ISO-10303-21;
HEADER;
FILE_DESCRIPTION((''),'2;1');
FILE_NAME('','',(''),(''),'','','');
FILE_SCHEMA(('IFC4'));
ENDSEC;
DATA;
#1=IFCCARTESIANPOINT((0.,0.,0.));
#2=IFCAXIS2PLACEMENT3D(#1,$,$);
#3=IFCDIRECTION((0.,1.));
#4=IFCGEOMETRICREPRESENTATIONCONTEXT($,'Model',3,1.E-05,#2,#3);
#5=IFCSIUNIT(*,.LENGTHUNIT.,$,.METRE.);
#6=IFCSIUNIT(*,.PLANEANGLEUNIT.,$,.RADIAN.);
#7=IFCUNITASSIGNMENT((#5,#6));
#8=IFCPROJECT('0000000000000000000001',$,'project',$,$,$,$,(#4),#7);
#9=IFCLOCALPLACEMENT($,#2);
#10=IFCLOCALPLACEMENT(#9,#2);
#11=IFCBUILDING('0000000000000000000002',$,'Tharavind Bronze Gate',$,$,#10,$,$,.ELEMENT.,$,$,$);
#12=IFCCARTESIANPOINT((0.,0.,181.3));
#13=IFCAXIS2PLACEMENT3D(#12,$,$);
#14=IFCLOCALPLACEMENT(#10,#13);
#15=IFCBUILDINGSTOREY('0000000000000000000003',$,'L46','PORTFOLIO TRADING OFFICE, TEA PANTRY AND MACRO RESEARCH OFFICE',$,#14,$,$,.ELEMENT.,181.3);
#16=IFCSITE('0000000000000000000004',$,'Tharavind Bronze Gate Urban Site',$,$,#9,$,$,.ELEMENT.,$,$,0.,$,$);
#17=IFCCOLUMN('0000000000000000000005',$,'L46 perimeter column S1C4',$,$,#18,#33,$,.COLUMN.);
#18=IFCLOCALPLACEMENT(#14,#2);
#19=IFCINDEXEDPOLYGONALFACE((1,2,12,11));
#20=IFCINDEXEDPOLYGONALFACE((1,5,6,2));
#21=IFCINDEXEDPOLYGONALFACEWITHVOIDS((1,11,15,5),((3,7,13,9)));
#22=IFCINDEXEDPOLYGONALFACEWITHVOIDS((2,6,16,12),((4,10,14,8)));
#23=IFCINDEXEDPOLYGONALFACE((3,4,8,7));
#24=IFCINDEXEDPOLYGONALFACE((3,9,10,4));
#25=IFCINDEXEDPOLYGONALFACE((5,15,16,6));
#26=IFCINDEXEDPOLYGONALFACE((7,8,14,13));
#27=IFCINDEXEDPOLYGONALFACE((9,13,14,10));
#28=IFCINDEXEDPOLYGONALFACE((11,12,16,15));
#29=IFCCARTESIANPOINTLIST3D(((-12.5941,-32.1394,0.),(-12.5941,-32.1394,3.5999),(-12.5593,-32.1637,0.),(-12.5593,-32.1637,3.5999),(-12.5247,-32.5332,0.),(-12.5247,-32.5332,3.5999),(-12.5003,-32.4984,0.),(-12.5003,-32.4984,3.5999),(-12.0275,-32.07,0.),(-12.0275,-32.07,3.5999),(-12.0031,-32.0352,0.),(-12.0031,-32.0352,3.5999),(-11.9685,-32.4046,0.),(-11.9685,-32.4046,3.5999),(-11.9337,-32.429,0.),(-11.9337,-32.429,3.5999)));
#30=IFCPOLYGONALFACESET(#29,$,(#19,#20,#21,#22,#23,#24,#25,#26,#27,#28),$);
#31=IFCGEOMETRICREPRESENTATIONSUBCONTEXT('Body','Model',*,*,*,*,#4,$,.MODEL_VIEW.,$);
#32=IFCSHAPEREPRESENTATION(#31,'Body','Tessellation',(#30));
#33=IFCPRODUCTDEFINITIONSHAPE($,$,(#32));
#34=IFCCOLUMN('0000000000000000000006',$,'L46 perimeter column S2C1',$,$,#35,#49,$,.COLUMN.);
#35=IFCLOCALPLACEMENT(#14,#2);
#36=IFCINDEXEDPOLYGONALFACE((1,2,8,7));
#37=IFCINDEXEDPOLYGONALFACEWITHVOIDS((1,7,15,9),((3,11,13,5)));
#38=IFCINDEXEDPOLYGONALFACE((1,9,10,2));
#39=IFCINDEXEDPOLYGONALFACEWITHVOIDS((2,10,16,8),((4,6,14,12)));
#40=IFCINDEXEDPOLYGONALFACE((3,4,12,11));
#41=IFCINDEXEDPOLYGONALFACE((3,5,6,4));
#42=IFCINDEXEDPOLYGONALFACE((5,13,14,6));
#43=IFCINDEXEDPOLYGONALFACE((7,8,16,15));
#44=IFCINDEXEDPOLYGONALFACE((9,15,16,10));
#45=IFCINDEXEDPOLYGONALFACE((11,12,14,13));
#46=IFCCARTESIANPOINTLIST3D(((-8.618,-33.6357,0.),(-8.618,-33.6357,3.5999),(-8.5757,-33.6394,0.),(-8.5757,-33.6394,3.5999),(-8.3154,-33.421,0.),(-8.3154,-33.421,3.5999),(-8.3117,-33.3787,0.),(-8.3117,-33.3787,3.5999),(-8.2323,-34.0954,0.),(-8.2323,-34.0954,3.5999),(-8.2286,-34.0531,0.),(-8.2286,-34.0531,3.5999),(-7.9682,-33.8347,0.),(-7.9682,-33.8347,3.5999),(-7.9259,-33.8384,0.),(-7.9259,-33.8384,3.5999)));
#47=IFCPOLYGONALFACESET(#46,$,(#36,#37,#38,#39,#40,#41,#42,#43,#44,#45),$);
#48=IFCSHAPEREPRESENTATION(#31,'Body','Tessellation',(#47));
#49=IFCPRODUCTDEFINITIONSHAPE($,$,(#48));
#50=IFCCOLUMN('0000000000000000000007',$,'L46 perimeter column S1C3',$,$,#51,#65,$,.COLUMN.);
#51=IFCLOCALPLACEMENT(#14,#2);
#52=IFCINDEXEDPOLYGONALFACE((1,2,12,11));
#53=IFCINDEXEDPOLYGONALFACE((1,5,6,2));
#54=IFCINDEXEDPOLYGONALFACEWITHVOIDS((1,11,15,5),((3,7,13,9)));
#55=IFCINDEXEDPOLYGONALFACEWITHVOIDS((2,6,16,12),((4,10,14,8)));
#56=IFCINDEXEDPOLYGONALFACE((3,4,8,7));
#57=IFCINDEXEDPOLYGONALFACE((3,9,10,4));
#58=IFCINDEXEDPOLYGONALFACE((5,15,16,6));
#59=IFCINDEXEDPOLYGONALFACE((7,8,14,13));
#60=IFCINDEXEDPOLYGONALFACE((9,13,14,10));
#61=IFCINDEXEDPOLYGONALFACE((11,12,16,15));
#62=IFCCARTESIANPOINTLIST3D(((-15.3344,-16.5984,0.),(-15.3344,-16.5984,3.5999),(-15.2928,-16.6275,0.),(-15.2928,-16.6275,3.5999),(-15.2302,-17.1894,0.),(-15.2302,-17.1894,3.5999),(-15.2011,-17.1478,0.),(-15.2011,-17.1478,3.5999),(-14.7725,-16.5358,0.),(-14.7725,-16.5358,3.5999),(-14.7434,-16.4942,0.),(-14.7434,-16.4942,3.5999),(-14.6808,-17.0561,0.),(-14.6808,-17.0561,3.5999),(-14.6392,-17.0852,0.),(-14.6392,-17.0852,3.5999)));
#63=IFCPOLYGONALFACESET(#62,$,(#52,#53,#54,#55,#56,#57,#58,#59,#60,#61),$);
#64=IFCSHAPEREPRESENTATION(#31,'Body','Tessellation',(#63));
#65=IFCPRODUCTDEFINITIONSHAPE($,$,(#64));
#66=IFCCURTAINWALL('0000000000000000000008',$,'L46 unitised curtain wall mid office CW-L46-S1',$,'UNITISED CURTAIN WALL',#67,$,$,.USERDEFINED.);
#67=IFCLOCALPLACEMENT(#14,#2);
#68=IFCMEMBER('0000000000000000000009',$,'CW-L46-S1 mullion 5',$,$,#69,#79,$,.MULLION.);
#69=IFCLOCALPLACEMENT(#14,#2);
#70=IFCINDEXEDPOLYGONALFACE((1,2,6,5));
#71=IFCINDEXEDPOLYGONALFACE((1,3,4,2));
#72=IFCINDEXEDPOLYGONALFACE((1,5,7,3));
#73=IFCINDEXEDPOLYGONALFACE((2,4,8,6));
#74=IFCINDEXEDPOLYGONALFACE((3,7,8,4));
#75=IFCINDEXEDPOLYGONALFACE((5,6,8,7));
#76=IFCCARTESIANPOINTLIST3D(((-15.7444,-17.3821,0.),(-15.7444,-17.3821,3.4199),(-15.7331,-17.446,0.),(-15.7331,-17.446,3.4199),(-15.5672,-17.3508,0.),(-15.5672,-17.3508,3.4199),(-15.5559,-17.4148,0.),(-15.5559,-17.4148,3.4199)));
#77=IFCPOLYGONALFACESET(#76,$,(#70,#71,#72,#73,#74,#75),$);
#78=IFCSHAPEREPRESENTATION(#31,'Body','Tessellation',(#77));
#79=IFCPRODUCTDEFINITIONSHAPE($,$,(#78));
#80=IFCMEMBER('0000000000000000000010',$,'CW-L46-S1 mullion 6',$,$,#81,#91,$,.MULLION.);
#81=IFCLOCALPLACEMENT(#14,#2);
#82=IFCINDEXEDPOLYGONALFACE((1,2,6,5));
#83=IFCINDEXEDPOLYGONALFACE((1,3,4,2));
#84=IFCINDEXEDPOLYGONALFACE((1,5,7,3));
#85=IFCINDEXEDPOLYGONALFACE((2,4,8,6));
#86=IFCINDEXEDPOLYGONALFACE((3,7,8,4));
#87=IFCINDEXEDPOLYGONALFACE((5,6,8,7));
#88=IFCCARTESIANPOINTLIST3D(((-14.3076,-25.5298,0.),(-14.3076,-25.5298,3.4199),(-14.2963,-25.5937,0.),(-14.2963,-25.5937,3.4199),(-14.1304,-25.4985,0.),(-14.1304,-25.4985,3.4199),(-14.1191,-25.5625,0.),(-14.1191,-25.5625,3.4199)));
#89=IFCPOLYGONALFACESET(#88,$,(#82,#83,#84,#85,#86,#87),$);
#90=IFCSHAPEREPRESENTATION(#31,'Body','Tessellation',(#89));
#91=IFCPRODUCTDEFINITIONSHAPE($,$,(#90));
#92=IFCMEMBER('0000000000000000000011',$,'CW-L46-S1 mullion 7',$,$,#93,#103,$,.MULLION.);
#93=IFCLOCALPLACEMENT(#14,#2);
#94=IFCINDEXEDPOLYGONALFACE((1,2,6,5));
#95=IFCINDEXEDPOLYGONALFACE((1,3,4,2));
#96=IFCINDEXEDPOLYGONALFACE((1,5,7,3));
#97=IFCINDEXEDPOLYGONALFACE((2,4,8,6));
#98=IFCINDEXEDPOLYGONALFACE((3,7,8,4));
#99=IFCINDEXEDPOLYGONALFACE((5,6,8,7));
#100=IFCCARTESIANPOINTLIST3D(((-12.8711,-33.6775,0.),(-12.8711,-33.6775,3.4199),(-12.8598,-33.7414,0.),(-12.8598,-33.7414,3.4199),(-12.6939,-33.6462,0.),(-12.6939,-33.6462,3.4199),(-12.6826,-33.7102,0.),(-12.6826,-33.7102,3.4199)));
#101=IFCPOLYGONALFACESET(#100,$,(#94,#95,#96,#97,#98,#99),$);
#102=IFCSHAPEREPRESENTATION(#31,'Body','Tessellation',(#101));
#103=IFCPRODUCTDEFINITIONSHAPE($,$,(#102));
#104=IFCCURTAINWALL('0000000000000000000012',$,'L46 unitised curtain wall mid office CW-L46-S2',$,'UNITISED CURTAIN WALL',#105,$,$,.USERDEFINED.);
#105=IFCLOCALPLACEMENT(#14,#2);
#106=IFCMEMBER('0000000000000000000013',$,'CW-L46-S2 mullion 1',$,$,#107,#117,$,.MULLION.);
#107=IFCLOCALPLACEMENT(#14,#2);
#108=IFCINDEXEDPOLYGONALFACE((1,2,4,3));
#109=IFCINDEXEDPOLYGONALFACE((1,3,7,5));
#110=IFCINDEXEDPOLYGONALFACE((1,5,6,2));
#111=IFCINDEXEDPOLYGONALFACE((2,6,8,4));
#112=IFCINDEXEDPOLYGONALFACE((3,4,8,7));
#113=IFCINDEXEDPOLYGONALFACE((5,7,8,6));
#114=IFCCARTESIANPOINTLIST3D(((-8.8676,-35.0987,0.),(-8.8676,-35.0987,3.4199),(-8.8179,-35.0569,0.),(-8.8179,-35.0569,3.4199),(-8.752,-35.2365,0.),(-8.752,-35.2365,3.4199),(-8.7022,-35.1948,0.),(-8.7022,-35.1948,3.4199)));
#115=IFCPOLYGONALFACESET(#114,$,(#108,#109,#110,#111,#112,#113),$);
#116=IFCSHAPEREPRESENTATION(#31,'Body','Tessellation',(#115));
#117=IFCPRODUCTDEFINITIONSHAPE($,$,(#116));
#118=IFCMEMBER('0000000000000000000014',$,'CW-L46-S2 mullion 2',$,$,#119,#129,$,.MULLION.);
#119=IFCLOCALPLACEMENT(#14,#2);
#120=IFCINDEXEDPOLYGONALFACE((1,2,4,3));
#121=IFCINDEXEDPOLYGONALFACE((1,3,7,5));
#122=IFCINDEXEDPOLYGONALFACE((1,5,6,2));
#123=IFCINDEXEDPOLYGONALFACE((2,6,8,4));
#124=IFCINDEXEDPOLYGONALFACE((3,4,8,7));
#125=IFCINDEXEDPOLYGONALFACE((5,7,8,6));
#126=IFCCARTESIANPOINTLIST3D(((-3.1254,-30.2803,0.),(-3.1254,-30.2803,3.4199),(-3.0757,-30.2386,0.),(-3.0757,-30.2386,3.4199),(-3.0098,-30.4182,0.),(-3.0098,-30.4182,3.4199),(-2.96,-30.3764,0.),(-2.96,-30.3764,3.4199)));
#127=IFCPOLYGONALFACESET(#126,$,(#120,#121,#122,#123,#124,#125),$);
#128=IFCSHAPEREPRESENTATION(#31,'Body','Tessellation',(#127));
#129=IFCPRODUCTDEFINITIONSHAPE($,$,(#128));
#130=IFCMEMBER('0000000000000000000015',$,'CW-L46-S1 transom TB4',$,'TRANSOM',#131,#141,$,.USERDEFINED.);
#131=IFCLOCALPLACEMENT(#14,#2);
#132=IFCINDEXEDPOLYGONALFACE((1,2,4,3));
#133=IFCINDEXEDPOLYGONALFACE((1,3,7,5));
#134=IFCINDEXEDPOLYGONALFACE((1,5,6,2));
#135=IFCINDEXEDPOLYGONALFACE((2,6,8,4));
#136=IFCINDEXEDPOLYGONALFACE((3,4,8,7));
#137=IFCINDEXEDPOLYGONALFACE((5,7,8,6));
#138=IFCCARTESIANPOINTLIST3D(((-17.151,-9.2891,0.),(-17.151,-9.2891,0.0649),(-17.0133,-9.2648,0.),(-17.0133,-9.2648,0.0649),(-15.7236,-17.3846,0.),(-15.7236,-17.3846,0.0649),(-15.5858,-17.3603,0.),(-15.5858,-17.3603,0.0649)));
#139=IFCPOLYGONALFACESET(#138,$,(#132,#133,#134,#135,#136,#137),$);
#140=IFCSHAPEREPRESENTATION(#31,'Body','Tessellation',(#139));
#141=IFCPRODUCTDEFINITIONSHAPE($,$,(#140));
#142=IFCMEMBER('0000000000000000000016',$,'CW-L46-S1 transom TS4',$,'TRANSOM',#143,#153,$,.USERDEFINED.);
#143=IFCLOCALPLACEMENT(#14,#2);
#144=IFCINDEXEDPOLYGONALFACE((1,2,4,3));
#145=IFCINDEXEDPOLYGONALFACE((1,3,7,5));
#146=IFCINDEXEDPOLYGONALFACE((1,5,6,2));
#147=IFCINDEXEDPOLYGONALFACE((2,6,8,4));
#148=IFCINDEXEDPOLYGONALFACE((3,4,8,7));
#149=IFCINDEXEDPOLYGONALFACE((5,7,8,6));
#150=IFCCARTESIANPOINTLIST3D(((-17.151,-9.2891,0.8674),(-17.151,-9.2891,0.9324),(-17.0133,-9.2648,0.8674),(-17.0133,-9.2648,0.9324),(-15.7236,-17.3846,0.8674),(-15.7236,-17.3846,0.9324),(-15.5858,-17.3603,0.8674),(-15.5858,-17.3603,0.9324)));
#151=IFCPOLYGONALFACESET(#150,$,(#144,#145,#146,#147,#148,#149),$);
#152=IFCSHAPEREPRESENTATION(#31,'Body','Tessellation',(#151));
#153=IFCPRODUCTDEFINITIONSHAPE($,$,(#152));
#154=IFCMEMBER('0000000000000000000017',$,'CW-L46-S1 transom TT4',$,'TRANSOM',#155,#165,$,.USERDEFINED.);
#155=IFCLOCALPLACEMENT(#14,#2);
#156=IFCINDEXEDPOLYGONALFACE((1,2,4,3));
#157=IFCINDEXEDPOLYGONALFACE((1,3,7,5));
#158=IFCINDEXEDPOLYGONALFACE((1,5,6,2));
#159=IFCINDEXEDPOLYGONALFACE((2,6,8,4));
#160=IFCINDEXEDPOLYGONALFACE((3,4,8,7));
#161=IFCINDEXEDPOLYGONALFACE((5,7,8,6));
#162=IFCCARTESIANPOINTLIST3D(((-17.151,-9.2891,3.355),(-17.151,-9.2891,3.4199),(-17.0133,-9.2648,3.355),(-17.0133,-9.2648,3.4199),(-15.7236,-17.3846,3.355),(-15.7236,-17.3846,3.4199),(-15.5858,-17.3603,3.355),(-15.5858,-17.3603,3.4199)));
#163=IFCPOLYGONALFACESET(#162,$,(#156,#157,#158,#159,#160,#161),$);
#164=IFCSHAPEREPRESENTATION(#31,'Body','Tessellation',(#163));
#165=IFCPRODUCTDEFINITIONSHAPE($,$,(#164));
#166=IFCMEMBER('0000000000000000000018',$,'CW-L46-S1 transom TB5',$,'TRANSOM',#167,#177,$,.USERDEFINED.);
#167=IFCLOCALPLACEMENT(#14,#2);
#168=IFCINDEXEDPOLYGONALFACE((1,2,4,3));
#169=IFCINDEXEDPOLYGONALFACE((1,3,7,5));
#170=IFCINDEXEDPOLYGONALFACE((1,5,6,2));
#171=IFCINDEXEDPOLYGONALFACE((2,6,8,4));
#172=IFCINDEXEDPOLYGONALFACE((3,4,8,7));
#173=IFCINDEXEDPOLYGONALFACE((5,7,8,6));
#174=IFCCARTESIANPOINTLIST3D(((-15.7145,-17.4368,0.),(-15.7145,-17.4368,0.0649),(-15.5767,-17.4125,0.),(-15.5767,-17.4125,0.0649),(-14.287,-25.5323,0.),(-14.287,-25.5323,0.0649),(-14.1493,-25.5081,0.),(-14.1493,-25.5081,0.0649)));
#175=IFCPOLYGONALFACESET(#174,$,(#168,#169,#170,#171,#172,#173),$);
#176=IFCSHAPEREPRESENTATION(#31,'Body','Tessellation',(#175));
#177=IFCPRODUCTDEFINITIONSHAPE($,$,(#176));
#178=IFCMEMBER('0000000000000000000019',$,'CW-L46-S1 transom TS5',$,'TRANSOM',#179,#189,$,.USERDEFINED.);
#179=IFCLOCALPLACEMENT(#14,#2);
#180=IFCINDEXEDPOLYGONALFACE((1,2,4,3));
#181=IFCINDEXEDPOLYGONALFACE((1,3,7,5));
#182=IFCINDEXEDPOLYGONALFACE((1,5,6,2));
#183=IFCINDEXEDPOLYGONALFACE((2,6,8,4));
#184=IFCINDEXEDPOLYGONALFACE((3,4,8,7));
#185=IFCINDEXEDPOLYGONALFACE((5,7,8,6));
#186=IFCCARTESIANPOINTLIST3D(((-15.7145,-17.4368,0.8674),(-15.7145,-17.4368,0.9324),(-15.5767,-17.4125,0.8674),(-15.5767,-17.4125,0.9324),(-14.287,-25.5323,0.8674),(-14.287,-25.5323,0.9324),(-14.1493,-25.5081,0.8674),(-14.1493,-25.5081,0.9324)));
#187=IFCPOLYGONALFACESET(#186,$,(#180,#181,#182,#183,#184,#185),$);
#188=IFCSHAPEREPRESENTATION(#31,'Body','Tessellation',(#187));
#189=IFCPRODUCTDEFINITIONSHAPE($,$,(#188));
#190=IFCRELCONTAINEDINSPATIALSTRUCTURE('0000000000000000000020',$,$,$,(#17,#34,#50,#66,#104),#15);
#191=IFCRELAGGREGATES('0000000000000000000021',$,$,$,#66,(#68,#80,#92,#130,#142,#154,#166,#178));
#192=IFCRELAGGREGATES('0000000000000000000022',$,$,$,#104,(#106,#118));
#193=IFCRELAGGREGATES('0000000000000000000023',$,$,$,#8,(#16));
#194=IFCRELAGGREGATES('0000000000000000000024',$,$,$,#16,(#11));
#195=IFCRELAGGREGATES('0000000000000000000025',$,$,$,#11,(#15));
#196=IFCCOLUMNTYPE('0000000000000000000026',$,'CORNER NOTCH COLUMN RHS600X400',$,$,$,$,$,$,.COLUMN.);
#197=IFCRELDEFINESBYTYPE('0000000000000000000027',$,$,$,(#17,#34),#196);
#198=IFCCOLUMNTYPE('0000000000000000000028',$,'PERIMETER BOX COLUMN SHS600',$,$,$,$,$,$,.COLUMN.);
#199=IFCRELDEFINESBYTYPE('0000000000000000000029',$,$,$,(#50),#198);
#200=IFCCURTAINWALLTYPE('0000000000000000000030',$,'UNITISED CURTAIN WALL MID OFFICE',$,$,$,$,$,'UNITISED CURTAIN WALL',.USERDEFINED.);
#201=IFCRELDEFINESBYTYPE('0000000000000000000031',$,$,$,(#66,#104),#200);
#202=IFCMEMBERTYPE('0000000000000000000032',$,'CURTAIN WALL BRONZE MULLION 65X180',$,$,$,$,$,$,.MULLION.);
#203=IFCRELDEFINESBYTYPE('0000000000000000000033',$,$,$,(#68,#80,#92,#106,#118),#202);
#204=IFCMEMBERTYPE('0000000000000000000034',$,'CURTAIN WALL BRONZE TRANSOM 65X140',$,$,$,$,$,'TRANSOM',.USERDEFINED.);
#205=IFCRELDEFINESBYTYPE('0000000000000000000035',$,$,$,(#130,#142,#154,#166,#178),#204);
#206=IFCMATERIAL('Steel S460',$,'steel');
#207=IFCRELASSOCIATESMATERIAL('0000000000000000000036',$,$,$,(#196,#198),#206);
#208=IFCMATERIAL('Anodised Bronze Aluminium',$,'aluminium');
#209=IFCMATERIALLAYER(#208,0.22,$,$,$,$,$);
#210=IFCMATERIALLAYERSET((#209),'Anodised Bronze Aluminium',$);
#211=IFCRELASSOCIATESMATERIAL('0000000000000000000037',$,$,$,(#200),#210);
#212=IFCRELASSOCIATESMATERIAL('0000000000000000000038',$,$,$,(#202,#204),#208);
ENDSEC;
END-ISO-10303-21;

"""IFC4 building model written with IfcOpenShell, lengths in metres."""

from ifc_helpers import new_model, si_unit, direction, frame, origin, origin_2d, place, context, subcontext, project, spatial, rectangle, hollow_rectangle, extrude, material, layer, layer_set, material_profile, profile_set, type_object, element, aggregate, save


model = new_model("IFC4")

# Units and contexts
model_context = context("Model", 3, precision=1e-05, world=origin(), true_north=direction((0.0, 1.0)))
body_context = subcontext(model_context, "Body", "Model", "MODEL_VIEW")
ifc_project = project(units=[si_unit("LENGTHUNIT", "METRE"), si_unit("PLANEANGLEUNIT", "RADIAN")], contexts=[model_context])

# Site, building, storey
site_placement = place(None, origin())
site = spatial("IfcSite", under=ifc_project, at=site_placement, Name="Tharavind Bronze Gate Urban Site", CompositionType="ELEMENT", RefElevation=0.0)
building_placement = place(site_placement, origin())
building = spatial("IfcBuilding", under=site, at=building_placement, Name="Tharavind Bronze Gate", CompositionType="ELEMENT")
storey_placement = place(building_placement, frame((0.0, 0.0, 181.3)))
storey = spatial("IfcBuildingStorey", under=building, at=storey_placement, Name="L46", Description="PORTFOLIO TRADING OFFICE, TEA PANTRY AND MACRO RESEARCH OFFICE", CompositionType="ELEMENT", Elevation=181.3)

# Columns
ifc_material_1 = material(Name="Steel S460", Category="steel")
ifc_material_profile_1 = material_profile(ifc_material_1, hollow_rectangle(XDim=0.3999, YDim=0.6001, WallThickness=0.03, at=origin_2d()), Name="RHS600X400X30")
ifc_profile_set_1 = profile_set([ifc_material_profile_1], Name="Steel S460")
column_type_1 = type_object("IfcColumnType", Name="CORNER NOTCH COLUMN RHS600X400", PredefinedType="COLUMN", material=ifc_profile_set_1)
for number, where, z_axis, x_axis, name in (
    (1, (-12.2639, -32.2842, 0.0), (0.0, 0.0, 1.0), (-0.173648, 0.984808, 0.0), "L46 perimeter column S1C4"),
    (2, (-8.272, -33.7371, 0.0), (0.0, 0.0, 1.0), (0.766043, 0.642789, 0.0), "L46 perimeter column S2C1"),
):
    element("IfcColumn", number, at=place(storey_placement, frame(where, z_axis=z_axis, x_axis=x_axis)), inside=storey, type_object=column_type_1, Name=name, PredefinedType="COLUMN", context=body_context, shape_type="SweptSolid", body=[
        extrude(hollow_rectangle(XDim=0.3999, YDim=0.6001, WallThickness=0.03, at=origin_2d()), origin(), (0.0, 0.0, 1.0), 3.5999),
    ])
ifc_material_profile_2 = material_profile(ifc_material_1, hollow_rectangle(XDim=0.6001, YDim=0.6001, WallThickness=0.0359, at=origin_2d()), Name="SHS600X36")
ifc_profile_set_2 = profile_set([ifc_material_profile_2], Name="Steel S460")
column_type_2 = type_object("IfcColumnType", Name="PERIMETER BOX COLUMN SHS600", PredefinedType="COLUMN", material=ifc_profile_set_2)
column_placement = place(storey_placement, frame((-14.9868, -16.8418, 0.0), z_axis=(0.0, 0.0, 1.0), x_axis=(-0.173648, 0.984808, 0.0)))
element("IfcColumn", 3, at=column_placement, inside=storey, type_object=column_type_2, Name="L46 perimeter column S1C3", PredefinedType="COLUMN", context=body_context, shape_type="SweptSolid", body=[
    extrude(hollow_rectangle(XDim=0.6001, YDim=0.6001, WallThickness=0.0359, at=origin_2d()), origin(), (0.0, 0.0, 1.0), 3.5999),
])

# Curtain walls, members
ifc_material_2 = material(Name="Anodised Bronze Aluminium", Category="aluminium")
ifc_layer_1 = layer(ifc_material_2, 0.22)
ifc_layer_set_1 = layer_set([ifc_layer_1], Name="Anodised Bronze Aluminium")
curtain_wall_type = type_object("IfcCurtainWallType", Name="UNITISED CURTAIN WALL MID OFFICE", ElementType="UNITISED CURTAIN WALL", PredefinedType="USERDEFINED", material=ifc_layer_set_1)
curtain_wall_1_placement = place(storey_placement, origin())
curtain_wall_1 = element("IfcCurtainWall", 4, at=curtain_wall_1_placement, inside=storey, type_object=curtain_wall_type, Name="L46 unitised curtain wall mid office CW-L46-S1", ObjectType="UNITISED CURTAIN WALL", PredefinedType="USERDEFINED")
member_type_1 = type_object("IfcMemberType", Name="CURTAIN WALL BRONZE MULLION 65X180", PredefinedType="MULLION", material=ifc_material_2)
member_1_placement = place(storey_placement, frame((-15.6501, -17.3984, 0.0), z_axis=(0.0, 0.0, 1.0), x_axis=(0.173648, -0.984808, 0.0)))
member_1 = element("IfcMember", 5, at=member_1_placement, type_object=member_type_1, Name="CW-L46-S1 mullion 5", PredefinedType="MULLION", context=body_context, shape_type="SweptSolid", body=[
    extrude(rectangle(XDim=0.0649, YDim=0.1799, at=origin_2d()), origin(), (0.0, 0.0, 1.0), 3.4199),
])
member_2_placement = place(storey_placement, frame((-14.2134, -25.5461, 0.0), z_axis=(0.0, 0.0, 1.0), x_axis=(0.173648, -0.984808, 0.0)))
member_2 = element("IfcMember", 6, at=member_2_placement, type_object=member_type_1, Name="CW-L46-S1 mullion 6", PredefinedType="MULLION", context=body_context, shape_type="SweptSolid", body=[
    extrude(rectangle(XDim=0.0649, YDim=0.1799, at=origin_2d()), origin(), (0.0, 0.0, 1.0), 3.4199),
])
member_3_placement = place(storey_placement, frame((-12.7769, -33.6938, 0.0), z_axis=(0.0, 0.0, 1.0), x_axis=(0.173648, -0.984808, 0.0)))
member_3 = element("IfcMember", 7, at=member_3_placement, type_object=member_type_1, Name="CW-L46-S1 mullion 7", PredefinedType="MULLION", context=body_context, shape_type="SweptSolid", body=[
    extrude(rectangle(XDim=0.0649, YDim=0.1799, at=origin_2d()), origin(), (0.0, 0.0, 1.0), 3.4199),
])
curtain_wall_2_placement = place(storey_placement, origin())
curtain_wall_2 = element("IfcCurtainWall", 8, at=curtain_wall_2_placement, inside=storey, type_object=curtain_wall_type, Name="L46 unitised curtain wall mid office CW-L46-S2", ObjectType="UNITISED CURTAIN WALL", PredefinedType="USERDEFINED")
member_4_placement = place(storey_placement, frame((-8.7849, -35.1467, 0.0), z_axis=(0.0, 0.0, 1.0), x_axis=(0.766043, 0.642789, 0.0)))
member_4 = element("IfcMember", 9, at=member_4_placement, type_object=member_type_1, Name="CW-L46-S2 mullion 1", PredefinedType="MULLION", context=body_context, shape_type="SweptSolid", body=[
    extrude(rectangle(XDim=0.0649, YDim=0.1799, at=origin_2d()), origin(), (0.0, 0.0, 1.0), 3.4199),
])
member_5_placement = place(storey_placement, frame((-3.0427, -30.3284, 0.0), z_axis=(0.0, 0.0, 1.0), x_axis=(0.766043, 0.642789, 0.0)))
member_5 = element("IfcMember", 10, at=member_5_placement, type_object=member_type_1, Name="CW-L46-S2 mullion 2", PredefinedType="MULLION", context=body_context, shape_type="SweptSolid", body=[
    extrude(rectangle(XDim=0.0649, YDim=0.1799, at=origin_2d()), origin(), (0.0, 0.0, 1.0), 3.4199),
])

# Members
member_type_2 = type_object("IfcMemberType", Name="CURTAIN WALL BRONZE TRANSOM 65X140", ElementType="TRANSOM", PredefinedType="USERDEFINED", material=ifc_material_2)
member_6_placement = place(storey_placement, frame((-16.3684, -13.3247, 0.0), z_axis=(0.0, 0.0, 1.0), x_axis=(0.173648, -0.984808, 0.0)))
member_6 = element("IfcMember", 11, at=member_6_placement, type_object=member_type_2, Name="CW-L46-S1 transom TB4", ObjectType="TRANSOM", PredefinedType="USERDEFINED", context=body_context, shape_type="SweptSolid", body=[
    extrude(rectangle(XDim=8.2205, YDim=0.1399, at=origin_2d()), origin(), (0.0, 0.0, 1.0), 0.0649),
])
member_7_placement = place(storey_placement, frame((-16.3684, -13.3247, 0.8674), z_axis=(0.0, 0.0, 1.0), x_axis=(0.173648, -0.984808, 0.0)))
member_7 = element("IfcMember", 12, at=member_7_placement, type_object=member_type_2, Name="CW-L46-S1 transom TS4", ObjectType="TRANSOM", PredefinedType="USERDEFINED", context=body_context, shape_type="SweptSolid", body=[
    extrude(rectangle(XDim=8.2205, YDim=0.1399, at=origin_2d()), origin(), (0.0, 0.0, 1.0), 0.0649),
])
member_8_placement = place(storey_placement, frame((-16.3684, -13.3247, 3.355), z_axis=(0.0, 0.0, 1.0), x_axis=(0.173648, -0.984808, 0.0)))
member_8 = element("IfcMember", 13, at=member_8_placement, type_object=member_type_2, Name="CW-L46-S1 transom TT4", ObjectType="TRANSOM", PredefinedType="USERDEFINED", context=body_context, shape_type="SweptSolid", body=[
    extrude(rectangle(XDim=8.2205, YDim=0.1399, at=origin_2d()), origin(), (0.0, 0.0, 1.0), 0.0649),
])
member_9_placement = place(storey_placement, frame((-14.9319, -21.4724, 0.0), z_axis=(0.0, 0.0, 1.0), x_axis=(0.173648, -0.984808, 0.0)))
member_9 = element("IfcMember", 14, at=member_9_placement, type_object=member_type_2, Name="CW-L46-S1 transom TB5", ObjectType="TRANSOM", PredefinedType="USERDEFINED", context=body_context, shape_type="SweptSolid", body=[
    extrude(rectangle(XDim=8.2205, YDim=0.1399, at=origin_2d()), origin(), (0.0, 0.0, 1.0), 0.0649),
])
member_10_placement = place(storey_placement, frame((-14.9319, -21.4724, 0.8674), z_axis=(0.0, 0.0, 1.0), x_axis=(0.173648, -0.984808, 0.0)))
member_10 = element("IfcMember", 15, at=member_10_placement, type_object=member_type_2, Name="CW-L46-S1 transom TS5", ObjectType="TRANSOM", PredefinedType="USERDEFINED", context=body_context, shape_type="SweptSolid", body=[
    extrude(rectangle(XDim=8.2205, YDim=0.1399, at=origin_2d()), origin(), (0.0, 0.0, 1.0), 0.0649),
])

aggregate(curtain_wall_1, [member_1, member_2, member_3, member_6, member_7, member_8, member_9, member_10])
aggregate(curtain_wall_2, [member_4, member_5])

save(model, "model.ifc")
